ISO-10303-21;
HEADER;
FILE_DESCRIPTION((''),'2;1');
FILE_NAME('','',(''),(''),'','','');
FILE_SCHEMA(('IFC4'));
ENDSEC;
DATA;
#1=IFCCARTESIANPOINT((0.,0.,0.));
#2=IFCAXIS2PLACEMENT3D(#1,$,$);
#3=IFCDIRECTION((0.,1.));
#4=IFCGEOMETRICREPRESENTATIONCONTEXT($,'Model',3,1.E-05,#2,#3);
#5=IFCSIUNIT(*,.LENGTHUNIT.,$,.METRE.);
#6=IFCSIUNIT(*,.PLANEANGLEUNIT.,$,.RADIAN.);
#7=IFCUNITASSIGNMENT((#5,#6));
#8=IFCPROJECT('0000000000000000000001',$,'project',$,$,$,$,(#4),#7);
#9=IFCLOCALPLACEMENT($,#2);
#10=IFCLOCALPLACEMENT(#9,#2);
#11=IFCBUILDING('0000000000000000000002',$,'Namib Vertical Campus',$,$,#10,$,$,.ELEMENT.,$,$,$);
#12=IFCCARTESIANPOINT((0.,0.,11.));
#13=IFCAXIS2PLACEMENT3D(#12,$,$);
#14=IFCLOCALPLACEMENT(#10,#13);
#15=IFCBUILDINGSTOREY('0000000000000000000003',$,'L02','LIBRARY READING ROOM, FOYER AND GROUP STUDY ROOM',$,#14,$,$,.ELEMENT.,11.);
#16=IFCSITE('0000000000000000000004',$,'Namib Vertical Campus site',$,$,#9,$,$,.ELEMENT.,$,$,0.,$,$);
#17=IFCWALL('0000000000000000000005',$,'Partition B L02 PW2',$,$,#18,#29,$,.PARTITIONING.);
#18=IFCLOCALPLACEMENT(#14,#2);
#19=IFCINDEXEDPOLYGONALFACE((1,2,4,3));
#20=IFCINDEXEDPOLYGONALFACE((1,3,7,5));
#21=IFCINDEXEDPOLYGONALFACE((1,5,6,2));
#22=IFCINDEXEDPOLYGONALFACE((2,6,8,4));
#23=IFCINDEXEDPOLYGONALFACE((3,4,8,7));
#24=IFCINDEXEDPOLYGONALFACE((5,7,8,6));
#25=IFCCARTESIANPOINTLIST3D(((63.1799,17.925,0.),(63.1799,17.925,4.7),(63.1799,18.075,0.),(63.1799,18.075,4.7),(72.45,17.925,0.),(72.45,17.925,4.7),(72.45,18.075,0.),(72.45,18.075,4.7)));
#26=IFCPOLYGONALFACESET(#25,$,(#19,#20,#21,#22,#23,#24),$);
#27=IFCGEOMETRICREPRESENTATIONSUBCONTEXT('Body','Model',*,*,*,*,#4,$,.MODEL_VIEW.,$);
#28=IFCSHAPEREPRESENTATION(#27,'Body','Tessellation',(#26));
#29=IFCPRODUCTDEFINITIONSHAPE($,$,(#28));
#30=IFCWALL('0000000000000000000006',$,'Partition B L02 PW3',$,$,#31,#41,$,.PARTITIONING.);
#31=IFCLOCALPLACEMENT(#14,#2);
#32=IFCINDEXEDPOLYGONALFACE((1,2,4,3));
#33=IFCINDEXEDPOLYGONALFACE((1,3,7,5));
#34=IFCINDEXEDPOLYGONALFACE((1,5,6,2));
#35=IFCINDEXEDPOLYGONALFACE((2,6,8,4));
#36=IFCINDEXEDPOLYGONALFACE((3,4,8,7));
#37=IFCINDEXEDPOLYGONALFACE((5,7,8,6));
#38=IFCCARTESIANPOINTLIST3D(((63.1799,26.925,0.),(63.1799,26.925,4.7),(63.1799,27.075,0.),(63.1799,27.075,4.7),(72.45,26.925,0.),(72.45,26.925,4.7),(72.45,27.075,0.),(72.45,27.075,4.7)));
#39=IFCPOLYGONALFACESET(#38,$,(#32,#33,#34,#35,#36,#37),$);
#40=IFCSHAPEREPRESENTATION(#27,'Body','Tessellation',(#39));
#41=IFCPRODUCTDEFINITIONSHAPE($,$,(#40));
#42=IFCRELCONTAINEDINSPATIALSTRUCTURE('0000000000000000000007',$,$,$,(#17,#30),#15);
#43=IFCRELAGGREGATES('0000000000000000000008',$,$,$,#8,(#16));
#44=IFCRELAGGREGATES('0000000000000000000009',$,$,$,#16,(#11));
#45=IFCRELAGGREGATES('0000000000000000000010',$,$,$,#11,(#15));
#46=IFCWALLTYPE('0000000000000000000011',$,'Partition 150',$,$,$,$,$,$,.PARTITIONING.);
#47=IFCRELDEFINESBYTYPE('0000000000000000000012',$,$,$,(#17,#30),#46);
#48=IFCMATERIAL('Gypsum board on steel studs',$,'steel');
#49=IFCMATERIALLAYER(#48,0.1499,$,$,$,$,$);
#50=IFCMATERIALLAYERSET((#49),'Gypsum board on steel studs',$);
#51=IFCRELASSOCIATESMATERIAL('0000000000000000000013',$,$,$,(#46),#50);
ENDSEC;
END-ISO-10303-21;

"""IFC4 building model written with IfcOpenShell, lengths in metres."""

from ifc_helpers import new_model, si_unit, direction, frame, frame_2d, origin, place, context, subcontext, project, spatial, rectangle, extrude, material, layer, layer_set, type_object, element, save


model = new_model("IFC4")

# Units and contexts
model_context = context("Model", 3, precision=1e-05, world=origin(), true_north=direction((0.0, 1.0)))
body_context = subcontext(model_context, "Body", "Model", "MODEL_VIEW")
ifc_project = project(units=[si_unit("LENGTHUNIT", "METRE"), si_unit("PLANEANGLEUNIT", "RADIAN")], contexts=[model_context])

# Site, building, storey
site_placement = place(None, origin())
site = spatial("IfcSite", under=ifc_project, at=site_placement, Name="Namib Vertical Campus site", CompositionType="ELEMENT", RefElevation=0.0)
building_placement = place(site_placement, origin())
building = spatial("IfcBuilding", under=site, at=building_placement, Name="Namib Vertical Campus", CompositionType="ELEMENT")
storey_placement = place(building_placement, frame((0.0, 0.0, 11.0)))
storey = spatial("IfcBuildingStorey", under=building, at=storey_placement, Name="L02", Description="LIBRARY READING ROOM, FOYER AND GROUP STUDY ROOM", CompositionType="ELEMENT", Elevation=11.0)

# Walls
ifc_material_1 = material(Name="Gypsum board on steel studs", Category="steel")
ifc_layer_1 = layer(ifc_material_1, 0.1499)
ifc_layer_set_1 = layer_set([ifc_layer_1], Name="Gypsum board on steel studs")
wall_type = type_object("IfcWallType", Name="Partition 150", PredefinedType="PARTITIONING", material=ifc_layer_set_1)
for number, where, z_axis, x_axis, name in (
    (1, (63.1799, 18.0, 0.0), (0.0, 0.0, 1.0), (1.0, 0.0, 0.0), "Partition B L02 PW2"),
    (2, (63.1799, 27.0, 0.0), (0.0, 0.0, 1.0), (1.0, 0.0, 0.0), "Partition B L02 PW3"),
):
    element("IfcWall", number, at=place(storey_placement, frame(where, z_axis=z_axis, x_axis=x_axis)), inside=storey, type_object=wall_type, Name=name, PredefinedType="PARTITIONING", context=body_context, shape_type="SweptSolid", body=[
        extrude(rectangle(XDim=9.27, YDim=0.1499, at=frame_2d((4.635, 0.0))), origin(), (0.0, 0.0, 1.0), 4.7),
    ])

save(model, "model.ifc")
